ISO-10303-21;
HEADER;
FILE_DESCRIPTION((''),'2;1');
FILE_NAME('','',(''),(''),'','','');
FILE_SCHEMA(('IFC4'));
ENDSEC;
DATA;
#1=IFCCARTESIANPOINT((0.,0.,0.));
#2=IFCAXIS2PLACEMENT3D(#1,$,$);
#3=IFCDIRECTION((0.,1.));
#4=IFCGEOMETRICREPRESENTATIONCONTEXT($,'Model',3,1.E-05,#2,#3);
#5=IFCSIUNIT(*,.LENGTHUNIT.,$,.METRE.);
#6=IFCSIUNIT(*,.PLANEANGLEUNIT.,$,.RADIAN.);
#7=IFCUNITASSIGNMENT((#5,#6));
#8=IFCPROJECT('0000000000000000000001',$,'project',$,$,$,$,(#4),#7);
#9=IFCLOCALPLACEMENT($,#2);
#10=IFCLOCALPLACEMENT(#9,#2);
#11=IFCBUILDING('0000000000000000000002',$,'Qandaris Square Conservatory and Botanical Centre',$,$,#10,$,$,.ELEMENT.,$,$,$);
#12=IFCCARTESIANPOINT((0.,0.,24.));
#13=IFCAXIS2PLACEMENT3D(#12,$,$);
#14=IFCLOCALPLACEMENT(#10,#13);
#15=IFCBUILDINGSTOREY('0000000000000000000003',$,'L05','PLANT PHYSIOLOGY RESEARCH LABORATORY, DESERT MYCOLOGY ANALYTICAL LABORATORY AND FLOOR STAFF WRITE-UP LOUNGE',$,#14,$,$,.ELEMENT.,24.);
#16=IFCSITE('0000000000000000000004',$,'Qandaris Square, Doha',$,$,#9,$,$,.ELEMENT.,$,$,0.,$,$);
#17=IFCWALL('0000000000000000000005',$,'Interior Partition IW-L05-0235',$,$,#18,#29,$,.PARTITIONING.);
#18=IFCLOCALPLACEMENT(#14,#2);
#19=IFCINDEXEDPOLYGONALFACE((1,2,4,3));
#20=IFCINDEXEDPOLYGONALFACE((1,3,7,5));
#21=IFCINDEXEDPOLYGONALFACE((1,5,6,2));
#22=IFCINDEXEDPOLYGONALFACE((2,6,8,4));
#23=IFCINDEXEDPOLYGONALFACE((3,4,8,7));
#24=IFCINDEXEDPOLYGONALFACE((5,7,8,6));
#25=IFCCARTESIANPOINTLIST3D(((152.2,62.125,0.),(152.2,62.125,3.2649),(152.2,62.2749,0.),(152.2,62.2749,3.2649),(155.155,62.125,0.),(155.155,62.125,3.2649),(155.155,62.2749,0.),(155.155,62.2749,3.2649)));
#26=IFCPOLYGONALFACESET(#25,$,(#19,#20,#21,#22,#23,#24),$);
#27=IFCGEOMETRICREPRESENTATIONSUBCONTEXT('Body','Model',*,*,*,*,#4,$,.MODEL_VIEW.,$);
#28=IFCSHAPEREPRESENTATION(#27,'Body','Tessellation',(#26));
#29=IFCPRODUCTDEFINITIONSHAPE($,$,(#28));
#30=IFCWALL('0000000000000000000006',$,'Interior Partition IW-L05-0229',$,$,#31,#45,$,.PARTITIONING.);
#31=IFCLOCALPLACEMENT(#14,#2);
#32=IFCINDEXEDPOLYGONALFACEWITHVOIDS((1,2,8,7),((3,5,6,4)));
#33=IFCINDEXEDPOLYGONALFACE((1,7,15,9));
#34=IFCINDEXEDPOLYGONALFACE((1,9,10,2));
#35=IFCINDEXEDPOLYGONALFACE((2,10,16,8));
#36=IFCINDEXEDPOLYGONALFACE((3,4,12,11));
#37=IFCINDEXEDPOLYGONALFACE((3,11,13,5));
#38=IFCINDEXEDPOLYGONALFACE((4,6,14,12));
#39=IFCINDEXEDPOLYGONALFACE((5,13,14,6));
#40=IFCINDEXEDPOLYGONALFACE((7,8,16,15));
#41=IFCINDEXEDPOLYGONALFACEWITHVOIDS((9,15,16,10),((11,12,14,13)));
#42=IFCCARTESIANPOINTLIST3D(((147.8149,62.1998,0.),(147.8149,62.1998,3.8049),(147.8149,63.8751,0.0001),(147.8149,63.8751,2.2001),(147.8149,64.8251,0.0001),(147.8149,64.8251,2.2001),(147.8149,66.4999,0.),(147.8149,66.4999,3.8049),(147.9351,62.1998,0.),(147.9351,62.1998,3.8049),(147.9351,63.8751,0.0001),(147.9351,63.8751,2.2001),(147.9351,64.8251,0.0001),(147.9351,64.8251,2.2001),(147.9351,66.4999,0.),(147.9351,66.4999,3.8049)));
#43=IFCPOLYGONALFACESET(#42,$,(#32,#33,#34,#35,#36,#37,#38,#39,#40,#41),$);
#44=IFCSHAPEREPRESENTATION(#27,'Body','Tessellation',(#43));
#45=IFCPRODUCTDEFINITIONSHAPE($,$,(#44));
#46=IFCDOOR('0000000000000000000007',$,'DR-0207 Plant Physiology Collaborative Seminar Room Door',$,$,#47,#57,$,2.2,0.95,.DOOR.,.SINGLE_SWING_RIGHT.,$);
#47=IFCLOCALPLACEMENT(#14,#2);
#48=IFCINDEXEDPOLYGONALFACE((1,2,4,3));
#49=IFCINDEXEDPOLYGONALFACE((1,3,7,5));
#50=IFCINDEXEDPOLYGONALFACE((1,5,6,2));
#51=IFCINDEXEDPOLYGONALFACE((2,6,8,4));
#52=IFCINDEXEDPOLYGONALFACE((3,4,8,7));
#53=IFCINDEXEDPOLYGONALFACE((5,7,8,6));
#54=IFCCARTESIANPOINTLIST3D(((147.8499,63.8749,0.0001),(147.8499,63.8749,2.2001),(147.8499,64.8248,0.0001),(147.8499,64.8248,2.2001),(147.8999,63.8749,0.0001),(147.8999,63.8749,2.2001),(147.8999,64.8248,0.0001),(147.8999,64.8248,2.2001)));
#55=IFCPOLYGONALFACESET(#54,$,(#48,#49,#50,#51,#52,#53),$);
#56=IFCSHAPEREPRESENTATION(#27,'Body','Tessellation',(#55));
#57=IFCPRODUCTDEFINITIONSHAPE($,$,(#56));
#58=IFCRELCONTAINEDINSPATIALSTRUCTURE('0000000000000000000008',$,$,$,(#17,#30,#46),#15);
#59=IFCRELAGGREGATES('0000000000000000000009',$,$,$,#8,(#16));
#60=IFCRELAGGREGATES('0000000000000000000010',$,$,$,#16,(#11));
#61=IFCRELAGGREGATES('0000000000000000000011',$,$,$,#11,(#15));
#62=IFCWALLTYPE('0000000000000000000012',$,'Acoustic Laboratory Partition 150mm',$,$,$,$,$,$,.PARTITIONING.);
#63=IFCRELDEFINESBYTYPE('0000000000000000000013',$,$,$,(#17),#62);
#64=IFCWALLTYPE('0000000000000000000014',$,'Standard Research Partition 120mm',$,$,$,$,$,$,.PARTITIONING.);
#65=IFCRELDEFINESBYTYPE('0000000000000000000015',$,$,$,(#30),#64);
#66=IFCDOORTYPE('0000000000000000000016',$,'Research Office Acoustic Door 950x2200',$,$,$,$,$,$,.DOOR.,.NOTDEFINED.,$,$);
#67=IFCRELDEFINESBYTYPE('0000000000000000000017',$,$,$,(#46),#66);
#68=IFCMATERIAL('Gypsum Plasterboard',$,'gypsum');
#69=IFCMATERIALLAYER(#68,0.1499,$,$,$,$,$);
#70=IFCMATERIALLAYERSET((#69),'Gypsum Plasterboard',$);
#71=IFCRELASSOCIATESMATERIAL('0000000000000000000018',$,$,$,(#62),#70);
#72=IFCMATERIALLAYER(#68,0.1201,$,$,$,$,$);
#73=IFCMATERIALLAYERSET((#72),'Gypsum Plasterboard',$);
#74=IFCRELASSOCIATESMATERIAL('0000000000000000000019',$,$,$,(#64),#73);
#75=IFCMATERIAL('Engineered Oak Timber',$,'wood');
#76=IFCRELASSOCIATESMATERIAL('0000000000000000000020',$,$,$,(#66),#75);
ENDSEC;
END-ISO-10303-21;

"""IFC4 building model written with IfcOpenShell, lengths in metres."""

from ifc_helpers import new_model, si_unit, direction, frame, frame_2d, origin, place, context, subcontext, project, spatial, rectangle, extrude, material, layer, layer_set, type_object, element, fill, save


model = new_model("IFC4")

# Units and contexts
model_context = context("Model", 3, precision=1e-05, world=origin(), true_north=direction((0.0, 1.0)))
body_context = subcontext(model_context, "Body", "Model", "MODEL_VIEW")
ifc_project = project(units=[si_unit("LENGTHUNIT", "METRE"), si_unit("PLANEANGLEUNIT", "RADIAN")], contexts=[model_context])

# Site, building, storey
site_placement = place(None, origin())
site = spatial("IfcSite", under=ifc_project, at=site_placement, Name="Qandaris Square, Doha", CompositionType="ELEMENT", RefElevation=0.0)
building_placement = place(site_placement, origin())
building = spatial("IfcBuilding", under=site, at=building_placement, Name="Qandaris Square Conservatory and Botanical Centre", CompositionType="ELEMENT")
storey_placement = place(building_placement, frame((0.0, 0.0, 24.0)))
storey = spatial("IfcBuildingStorey", under=building, at=storey_placement, Name="L05", Description="PLANT PHYSIOLOGY RESEARCH LABORATORY, DESERT MYCOLOGY ANALYTICAL LABORATORY AND FLOOR STAFF WRITE-UP LOUNGE", CompositionType="ELEMENT", Elevation=24.0)

# Shared definitions
ifc_material_1 = material(Name="Gypsum Plasterboard", Category="gypsum")
ifc_layer_1 = layer(ifc_material_1, 0.1499)
ifc_layer_set_1 = layer_set([ifc_layer_1], Name="Gypsum Plasterboard")
wall_type_1 = type_object("IfcWallType", Name="Acoustic Laboratory Partition 150mm", PredefinedType="PARTITIONING", material=ifc_layer_set_1)
ifc_material_2 = material(Name="Engineered Oak Timber", Category="wood")

# Wall
wall_1_placement = place(storey_placement, frame((152.2, 62.2, 0.0), z_axis=(0.0, 0.0, 1.0), x_axis=(1.0, 0.0, 0.0)))
element("IfcWall", 1, at=wall_1_placement, inside=storey, type_object=wall_type_1, Name="Interior Partition IW-L05-0235", PredefinedType="PARTITIONING", context=body_context, shape_type="SweptSolid", body=[
    extrude(rectangle(XDim=2.9551, YDim=0.1499, at=frame_2d((1.4775, 0.0))), origin(), (0.0, 0.0, 1.0), 3.2649),
])

# Wall, opening, door
ifc_layer_2 = layer(ifc_material_1, 0.1201)
ifc_layer_set_2 = layer_set([ifc_layer_2], Name="Gypsum Plasterboard")
wall_type_2 = type_object("IfcWallType", Name="Standard Research Partition 120mm", PredefinedType="PARTITIONING", material=ifc_layer_set_2)
wall_2_placement = place(storey_placement, frame((147.875, 62.2, 0.0), z_axis=(0.0, 0.0, 1.0), x_axis=(0.0, 1.0, 0.0)))
wall_2 = element("IfcWall", 2, at=wall_2_placement, inside=storey, type_object=wall_type_2, Name="Interior Partition IW-L05-0229", PredefinedType="PARTITIONING", context=body_context, shape_type="SweptSolid", body=[
    extrude(rectangle(XDim=4.3, YDim=0.1201, at=frame_2d((2.1499, 0.0))), origin(), (0.0, 0.0, 1.0), 3.8049),
])
opening_1_placement = place(wall_2_placement, frame((1.675, 0.0, 0.0)))
opening_1 = element("IfcOpeningElement", 3, at=opening_1_placement, cuts=wall_2, PredefinedType="OPENING", context=body_context, shape_type="SweptSolid", body=[
    extrude(rectangle(XDim=0.95, YDim=2.2, at=frame_2d((0.4751, 1.1001))), frame((0.0, 0.072, 0.0), z_axis=(0.0, -1.0, 0.0), x_axis=(1.0, 0.0, 0.0)), (0.0, 0.0, 1.0), 0.144),
])
door_type_1 = type_object("IfcDoorType", Name="Research Office Acoustic Door 950x2200", OperationType="NOTDEFINED", PredefinedType="DOOR", material=ifc_material_2)
door_1_placement = place(opening_1_placement, frame((0.95, 0.0, 0.0), z_axis=(0.0, 0.0, 1.0), x_axis=(-1.0, 0.0, 0.0)))
door_1 = element("IfcDoor", 4, at=door_1_placement, inside=storey, type_object=door_type_1, Name="DR-0207 Plant Physiology Collaborative Seminar Room Door", OperationType="SINGLE_SWING_RIGHT", OverallHeight=2.2, OverallWidth=0.95, PredefinedType="DOOR", context=body_context, shape_type="SweptSolid", body=[
    extrude(rectangle(XDim=0.95, YDim=2.2, at=frame_2d((0.4751, 1.1001))), frame((0.0, 0.0249, 0.0), z_axis=(0.0, -1.0, 0.0), x_axis=(1.0, 0.0, 0.0)), (0.0, 0.0, 1.0), 0.05),
])
fill(opening_1, door_1)

save(model, "model.ifc")
